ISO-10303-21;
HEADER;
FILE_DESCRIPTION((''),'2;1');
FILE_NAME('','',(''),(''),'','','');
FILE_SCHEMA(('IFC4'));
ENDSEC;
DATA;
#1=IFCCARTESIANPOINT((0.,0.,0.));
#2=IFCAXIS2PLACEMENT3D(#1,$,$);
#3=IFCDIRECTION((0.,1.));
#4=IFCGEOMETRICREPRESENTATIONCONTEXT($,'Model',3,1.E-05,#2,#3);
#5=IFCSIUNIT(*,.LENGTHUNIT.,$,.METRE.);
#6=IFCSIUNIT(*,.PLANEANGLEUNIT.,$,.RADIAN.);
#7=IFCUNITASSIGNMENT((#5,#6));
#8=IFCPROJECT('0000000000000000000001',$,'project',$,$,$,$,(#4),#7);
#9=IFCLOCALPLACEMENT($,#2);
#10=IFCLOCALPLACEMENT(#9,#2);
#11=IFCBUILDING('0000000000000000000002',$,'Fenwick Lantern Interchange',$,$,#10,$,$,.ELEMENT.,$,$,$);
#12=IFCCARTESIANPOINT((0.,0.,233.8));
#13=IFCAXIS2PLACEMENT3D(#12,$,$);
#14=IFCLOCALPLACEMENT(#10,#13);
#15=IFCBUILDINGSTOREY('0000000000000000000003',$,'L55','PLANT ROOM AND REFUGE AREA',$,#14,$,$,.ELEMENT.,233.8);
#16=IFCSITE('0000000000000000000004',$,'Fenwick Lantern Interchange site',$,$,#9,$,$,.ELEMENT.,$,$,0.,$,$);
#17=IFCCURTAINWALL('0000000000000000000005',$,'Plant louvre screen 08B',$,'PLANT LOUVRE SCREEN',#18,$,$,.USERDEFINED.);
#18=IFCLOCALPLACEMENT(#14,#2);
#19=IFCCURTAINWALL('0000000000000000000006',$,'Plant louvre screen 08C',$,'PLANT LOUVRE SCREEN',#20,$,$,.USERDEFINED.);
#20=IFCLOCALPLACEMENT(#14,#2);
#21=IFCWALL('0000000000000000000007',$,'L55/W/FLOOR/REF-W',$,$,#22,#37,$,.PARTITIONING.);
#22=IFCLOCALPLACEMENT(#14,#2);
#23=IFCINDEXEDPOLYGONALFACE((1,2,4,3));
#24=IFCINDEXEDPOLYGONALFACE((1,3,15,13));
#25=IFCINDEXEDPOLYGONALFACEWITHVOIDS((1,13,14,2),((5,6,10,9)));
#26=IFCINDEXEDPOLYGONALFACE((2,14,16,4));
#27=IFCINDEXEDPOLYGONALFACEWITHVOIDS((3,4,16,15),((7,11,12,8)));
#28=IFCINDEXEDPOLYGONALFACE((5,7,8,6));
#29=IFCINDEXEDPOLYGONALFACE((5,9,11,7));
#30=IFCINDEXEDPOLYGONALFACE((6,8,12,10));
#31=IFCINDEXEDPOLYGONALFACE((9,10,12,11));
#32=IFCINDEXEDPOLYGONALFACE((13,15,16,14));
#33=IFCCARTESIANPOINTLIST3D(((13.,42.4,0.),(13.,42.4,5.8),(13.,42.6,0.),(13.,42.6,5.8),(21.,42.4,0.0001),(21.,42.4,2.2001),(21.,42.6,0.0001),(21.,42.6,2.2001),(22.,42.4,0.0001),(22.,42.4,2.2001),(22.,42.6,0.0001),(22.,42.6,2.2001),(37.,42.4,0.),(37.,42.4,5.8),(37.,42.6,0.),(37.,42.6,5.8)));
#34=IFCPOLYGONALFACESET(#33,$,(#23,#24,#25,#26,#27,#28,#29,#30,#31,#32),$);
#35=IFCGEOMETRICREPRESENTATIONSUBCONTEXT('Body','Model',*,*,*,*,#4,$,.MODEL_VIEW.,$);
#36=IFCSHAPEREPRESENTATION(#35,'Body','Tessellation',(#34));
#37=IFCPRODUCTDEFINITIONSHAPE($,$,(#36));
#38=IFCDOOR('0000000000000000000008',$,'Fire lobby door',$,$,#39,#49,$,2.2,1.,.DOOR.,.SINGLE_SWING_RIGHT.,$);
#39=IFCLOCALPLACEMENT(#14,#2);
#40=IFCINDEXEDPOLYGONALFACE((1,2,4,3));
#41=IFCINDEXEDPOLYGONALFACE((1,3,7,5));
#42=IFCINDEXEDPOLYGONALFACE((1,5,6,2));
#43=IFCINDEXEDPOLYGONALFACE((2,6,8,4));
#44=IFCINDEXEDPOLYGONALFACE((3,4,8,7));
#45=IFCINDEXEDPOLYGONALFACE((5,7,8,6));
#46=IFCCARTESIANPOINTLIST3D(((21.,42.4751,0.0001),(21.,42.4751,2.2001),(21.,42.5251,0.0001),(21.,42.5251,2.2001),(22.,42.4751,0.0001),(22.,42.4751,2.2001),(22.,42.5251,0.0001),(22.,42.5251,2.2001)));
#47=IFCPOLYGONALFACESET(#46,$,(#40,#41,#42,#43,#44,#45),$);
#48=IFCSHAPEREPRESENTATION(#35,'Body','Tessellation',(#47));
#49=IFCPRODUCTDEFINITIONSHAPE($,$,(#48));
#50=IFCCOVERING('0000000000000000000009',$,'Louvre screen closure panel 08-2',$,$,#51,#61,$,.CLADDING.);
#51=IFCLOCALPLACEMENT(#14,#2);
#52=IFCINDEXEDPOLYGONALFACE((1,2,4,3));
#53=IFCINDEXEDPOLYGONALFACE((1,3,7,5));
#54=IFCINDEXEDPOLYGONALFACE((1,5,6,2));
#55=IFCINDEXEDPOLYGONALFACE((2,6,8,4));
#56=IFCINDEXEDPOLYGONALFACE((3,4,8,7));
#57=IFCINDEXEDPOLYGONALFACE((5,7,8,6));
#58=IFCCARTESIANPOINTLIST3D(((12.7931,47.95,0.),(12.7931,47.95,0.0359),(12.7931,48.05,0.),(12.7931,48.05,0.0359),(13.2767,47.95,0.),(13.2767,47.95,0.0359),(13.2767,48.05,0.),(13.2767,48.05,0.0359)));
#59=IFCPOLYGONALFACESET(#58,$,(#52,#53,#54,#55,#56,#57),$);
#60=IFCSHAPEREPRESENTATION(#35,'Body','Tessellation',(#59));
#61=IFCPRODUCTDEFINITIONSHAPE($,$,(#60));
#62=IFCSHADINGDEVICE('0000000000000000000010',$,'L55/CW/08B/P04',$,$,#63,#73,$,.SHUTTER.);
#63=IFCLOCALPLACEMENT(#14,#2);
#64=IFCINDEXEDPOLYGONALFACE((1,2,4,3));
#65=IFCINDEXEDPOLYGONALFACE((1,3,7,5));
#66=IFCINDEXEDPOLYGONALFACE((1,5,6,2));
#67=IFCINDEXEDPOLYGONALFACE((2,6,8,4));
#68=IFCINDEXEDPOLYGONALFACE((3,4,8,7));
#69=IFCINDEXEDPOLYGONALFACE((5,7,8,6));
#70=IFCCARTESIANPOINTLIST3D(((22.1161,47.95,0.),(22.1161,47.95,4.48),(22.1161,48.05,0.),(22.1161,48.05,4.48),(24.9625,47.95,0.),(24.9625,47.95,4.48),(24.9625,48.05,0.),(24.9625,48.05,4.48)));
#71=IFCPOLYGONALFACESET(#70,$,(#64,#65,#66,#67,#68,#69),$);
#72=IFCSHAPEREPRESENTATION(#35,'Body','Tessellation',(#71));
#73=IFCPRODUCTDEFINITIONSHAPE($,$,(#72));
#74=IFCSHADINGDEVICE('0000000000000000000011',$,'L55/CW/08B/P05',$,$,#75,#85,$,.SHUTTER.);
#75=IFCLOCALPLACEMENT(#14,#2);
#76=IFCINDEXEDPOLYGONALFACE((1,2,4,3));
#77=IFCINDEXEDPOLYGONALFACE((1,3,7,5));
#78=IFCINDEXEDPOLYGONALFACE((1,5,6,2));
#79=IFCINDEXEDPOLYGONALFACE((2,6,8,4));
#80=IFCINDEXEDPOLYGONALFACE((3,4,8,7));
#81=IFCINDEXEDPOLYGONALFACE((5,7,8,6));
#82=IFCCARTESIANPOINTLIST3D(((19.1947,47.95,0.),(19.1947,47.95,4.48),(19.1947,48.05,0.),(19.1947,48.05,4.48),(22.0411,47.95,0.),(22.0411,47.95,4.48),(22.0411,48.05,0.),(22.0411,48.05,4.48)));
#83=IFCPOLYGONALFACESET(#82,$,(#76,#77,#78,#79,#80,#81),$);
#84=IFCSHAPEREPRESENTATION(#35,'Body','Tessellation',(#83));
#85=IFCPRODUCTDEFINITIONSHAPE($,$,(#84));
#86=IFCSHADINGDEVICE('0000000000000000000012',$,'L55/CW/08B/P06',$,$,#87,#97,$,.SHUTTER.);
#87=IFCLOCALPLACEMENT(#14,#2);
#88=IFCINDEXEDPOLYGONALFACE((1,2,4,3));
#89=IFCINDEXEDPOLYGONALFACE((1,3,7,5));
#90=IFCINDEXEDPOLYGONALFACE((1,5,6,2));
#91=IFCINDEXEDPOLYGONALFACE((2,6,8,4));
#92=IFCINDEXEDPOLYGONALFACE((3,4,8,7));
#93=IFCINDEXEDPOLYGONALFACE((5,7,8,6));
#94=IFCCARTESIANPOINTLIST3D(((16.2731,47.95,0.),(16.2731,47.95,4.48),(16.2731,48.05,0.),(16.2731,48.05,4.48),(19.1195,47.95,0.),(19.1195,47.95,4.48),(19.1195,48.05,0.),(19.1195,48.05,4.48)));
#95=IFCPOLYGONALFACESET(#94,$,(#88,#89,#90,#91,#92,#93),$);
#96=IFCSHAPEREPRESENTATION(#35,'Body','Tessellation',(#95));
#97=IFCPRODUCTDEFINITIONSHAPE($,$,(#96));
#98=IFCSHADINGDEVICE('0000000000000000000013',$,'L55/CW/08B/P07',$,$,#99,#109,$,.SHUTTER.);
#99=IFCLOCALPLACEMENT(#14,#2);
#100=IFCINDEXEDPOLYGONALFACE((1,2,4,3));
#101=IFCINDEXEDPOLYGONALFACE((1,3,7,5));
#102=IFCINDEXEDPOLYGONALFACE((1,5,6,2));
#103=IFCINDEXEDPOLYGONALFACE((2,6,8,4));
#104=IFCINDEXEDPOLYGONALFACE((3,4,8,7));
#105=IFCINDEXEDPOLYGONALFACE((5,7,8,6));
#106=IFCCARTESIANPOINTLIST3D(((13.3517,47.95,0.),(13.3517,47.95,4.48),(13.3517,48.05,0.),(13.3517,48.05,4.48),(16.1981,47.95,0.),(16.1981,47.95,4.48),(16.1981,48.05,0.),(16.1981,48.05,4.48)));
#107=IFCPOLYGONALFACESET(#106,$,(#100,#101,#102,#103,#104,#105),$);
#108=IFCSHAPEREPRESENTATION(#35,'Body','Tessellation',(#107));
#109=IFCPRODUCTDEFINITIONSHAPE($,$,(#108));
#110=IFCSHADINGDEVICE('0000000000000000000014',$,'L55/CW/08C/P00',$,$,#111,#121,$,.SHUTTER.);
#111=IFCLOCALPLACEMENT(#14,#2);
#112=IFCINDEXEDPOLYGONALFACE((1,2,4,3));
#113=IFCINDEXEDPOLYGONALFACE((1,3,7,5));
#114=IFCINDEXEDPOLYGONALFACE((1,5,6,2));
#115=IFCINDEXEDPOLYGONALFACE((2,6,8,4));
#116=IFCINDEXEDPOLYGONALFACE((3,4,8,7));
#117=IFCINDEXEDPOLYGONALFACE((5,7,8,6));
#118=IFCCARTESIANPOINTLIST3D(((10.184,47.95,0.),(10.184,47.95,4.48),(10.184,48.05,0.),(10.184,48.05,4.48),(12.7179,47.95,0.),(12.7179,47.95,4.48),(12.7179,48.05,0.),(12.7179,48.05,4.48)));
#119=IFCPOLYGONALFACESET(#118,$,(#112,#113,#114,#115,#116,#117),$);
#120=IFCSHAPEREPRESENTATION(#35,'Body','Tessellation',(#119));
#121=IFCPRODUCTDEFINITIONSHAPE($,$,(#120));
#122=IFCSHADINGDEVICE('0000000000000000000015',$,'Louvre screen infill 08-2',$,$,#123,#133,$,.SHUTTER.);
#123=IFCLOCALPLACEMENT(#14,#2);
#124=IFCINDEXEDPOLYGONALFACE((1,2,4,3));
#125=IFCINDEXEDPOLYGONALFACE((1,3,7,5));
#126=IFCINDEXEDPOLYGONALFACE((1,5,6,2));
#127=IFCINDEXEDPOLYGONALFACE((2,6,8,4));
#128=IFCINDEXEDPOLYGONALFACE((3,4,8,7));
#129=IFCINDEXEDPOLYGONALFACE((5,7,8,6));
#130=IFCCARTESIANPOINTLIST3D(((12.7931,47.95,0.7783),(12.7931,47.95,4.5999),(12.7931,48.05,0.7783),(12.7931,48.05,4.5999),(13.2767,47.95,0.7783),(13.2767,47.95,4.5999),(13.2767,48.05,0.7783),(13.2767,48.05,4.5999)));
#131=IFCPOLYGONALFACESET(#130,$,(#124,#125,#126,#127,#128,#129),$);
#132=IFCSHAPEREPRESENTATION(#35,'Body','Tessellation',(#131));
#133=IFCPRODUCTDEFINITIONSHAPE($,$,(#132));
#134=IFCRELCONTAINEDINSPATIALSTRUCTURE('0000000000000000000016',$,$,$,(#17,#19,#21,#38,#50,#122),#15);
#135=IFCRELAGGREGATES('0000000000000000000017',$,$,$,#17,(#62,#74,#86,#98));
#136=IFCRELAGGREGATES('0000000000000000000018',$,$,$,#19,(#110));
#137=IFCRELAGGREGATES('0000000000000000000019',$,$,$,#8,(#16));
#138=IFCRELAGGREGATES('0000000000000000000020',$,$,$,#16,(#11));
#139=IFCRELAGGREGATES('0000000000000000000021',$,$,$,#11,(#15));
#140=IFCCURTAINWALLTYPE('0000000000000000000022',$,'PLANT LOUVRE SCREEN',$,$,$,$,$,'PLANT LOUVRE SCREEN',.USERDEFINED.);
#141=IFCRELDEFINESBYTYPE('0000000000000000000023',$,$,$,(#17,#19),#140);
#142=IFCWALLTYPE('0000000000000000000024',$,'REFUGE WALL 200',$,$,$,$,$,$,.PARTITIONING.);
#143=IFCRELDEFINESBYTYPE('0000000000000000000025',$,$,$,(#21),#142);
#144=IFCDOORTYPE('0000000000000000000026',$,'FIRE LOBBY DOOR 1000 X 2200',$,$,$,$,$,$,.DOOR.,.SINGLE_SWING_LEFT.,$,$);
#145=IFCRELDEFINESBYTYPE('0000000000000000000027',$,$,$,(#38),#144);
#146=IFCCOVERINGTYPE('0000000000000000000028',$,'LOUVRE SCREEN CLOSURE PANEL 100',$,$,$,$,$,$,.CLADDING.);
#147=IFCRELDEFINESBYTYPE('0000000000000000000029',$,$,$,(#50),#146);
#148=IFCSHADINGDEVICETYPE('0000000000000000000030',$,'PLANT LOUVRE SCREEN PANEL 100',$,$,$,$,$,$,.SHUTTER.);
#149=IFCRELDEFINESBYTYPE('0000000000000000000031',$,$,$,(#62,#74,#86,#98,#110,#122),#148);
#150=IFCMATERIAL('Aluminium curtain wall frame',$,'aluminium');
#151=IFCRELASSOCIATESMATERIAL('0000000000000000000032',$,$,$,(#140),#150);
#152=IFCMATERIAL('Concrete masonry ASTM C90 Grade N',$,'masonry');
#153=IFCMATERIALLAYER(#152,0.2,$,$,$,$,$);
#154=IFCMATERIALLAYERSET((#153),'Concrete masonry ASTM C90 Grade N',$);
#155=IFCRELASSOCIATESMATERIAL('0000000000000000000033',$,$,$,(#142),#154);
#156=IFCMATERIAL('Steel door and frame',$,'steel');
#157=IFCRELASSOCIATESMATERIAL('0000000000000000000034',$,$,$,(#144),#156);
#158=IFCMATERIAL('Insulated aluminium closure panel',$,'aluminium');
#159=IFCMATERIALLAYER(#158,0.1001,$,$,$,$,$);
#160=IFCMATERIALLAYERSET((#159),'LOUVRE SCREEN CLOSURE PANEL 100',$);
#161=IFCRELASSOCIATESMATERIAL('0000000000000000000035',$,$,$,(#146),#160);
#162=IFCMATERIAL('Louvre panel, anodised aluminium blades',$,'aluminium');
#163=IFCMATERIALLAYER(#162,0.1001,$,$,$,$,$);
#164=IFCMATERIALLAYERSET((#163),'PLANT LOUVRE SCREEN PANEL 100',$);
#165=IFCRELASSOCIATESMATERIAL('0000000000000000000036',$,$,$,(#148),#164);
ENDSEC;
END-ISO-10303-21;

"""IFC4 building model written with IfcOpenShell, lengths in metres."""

from ifc_helpers import new_model, si_unit, direction, frame, frame_2d, origin, origin_2d, place, context, subcontext, project, spatial, rectangle, extrude, material, layer, layer_set, type_object, element, fill, aggregate, save


model = new_model("IFC4")

# Units and contexts
model_context = context("Model", 3, precision=1e-05, world=origin(), true_north=direction((0.0, 1.0)))
body_context = subcontext(model_context, "Body", "Model", "MODEL_VIEW")
ifc_project = project(units=[si_unit("LENGTHUNIT", "METRE"), si_unit("PLANEANGLEUNIT", "RADIAN")], contexts=[model_context])

# Site, building, storey
site_placement = place(None, origin())
site = spatial("IfcSite", under=ifc_project, at=site_placement, Name="Fenwick Lantern Interchange site", CompositionType="ELEMENT", RefElevation=0.0)
building_placement = place(site_placement, origin())
building = spatial("IfcBuilding", under=site, at=building_placement, Name="Fenwick Lantern Interchange", CompositionType="ELEMENT")
storey_placement = place(building_placement, frame((0.0, 0.0, 233.8)))
storey = spatial("IfcBuildingStorey", under=building, at=storey_placement, Name="L55", Description="PLANT ROOM AND REFUGE AREA", CompositionType="ELEMENT", Elevation=233.8)

# Curtain walls
ifc_material_1 = material(Name="Aluminium curtain wall frame", Category="aluminium")
curtain_wall_type = type_object("IfcCurtainWallType", Name="PLANT LOUVRE SCREEN", ElementType="PLANT LOUVRE SCREEN", PredefinedType="USERDEFINED", material=ifc_material_1)
curtain_wall_1_placement = place(storey_placement, origin())
curtain_wall_1 = element("IfcCurtainWall", 1, at=curtain_wall_1_placement, inside=storey, type_object=curtain_wall_type, Name="Plant louvre screen 08B", ObjectType="PLANT LOUVRE SCREEN", PredefinedType="USERDEFINED")
curtain_wall_2_placement = place(storey_placement, origin())
curtain_wall_2 = element("IfcCurtainWall", 2, at=curtain_wall_2_placement, inside=storey, type_object=curtain_wall_type, Name="Plant louvre screen 08C", ObjectType="PLANT LOUVRE SCREEN", PredefinedType="USERDEFINED")

# Wall, opening, door
ifc_material_2 = material(Name="Concrete masonry ASTM C90 Grade N", Category="masonry")
ifc_layer_1 = layer(ifc_material_2, 0.2)
ifc_layer_set_1 = layer_set([ifc_layer_1], Name="Concrete masonry ASTM C90 Grade N")
wall_type = type_object("IfcWallType", Name="REFUGE WALL 200", PredefinedType="PARTITIONING", material=ifc_layer_set_1)
wall_placement = place(storey_placement, frame((13.0, 42.5, 0.0), z_axis=(0.0, 0.0, 1.0), x_axis=(1.0, 0.0, 0.0)))
wall = element("IfcWall", 3, at=wall_placement, inside=storey, type_object=wall_type, Name="L55/W/FLOOR/REF-W", PredefinedType="PARTITIONING", context=body_context, shape_type="SweptSolid", body=[
    extrude(rectangle(XDim=24.0, YDim=0.2, at=frame_2d((12.0, 0.0))), origin(), (0.0, 0.0, 1.0), 5.8),
])
opening_placement = place(wall_placement, frame((8.0, 0.0, 0.0)))
opening = element("IfcOpeningElement", 4, at=opening_placement, cuts=wall, PredefinedType="OPENING", context=body_context, shape_type="SweptSolid", body=[
    extrude(rectangle(XDim=1.0, YDim=2.2, at=frame_2d((0.5, 1.1001))), frame((0.0, 0.1099, 0.0), z_axis=(0.0, -1.0, 0.0), x_axis=(1.0, 0.0, 0.0)), (0.0, 0.0, 1.0), 0.22),
])
ifc_material_3 = material(Name="Steel door and frame", Category="steel")
door_type = type_object("IfcDoorType", Name="FIRE LOBBY DOOR 1000 X 2200", OperationType="SINGLE_SWING_LEFT", PredefinedType="DOOR", material=ifc_material_3)
door_placement = place(opening_placement, frame((1.0, 0.0, 0.0), z_axis=(0.0, 0.0, 1.0), x_axis=(-1.0, 0.0, 0.0)))
door = element("IfcDoor", 5, at=door_placement, inside=storey, type_object=door_type, Name="Fire lobby door", OperationType="SINGLE_SWING_RIGHT", OverallHeight=2.2, OverallWidth=1.0, PredefinedType="DOOR", context=body_context, shape_type="SweptSolid", body=[
    extrude(rectangle(XDim=1.0, YDim=2.2, at=frame_2d((0.5, 1.1001))), frame((0.0, 0.0249, 0.0), z_axis=(0.0, -1.0, 0.0), x_axis=(1.0, 0.0, 0.0)), (0.0, 0.0, 1.0), 0.05),
])
fill(opening, door)

# Covering
ifc_material_4 = material(Name="Insulated aluminium closure panel", Category="aluminium")
ifc_layer_2 = layer(ifc_material_4, 0.1001)
ifc_layer_set_2 = layer_set([ifc_layer_2], Name="LOUVRE SCREEN CLOSURE PANEL 100")
covering_type = type_object("IfcCoveringType", Name="LOUVRE SCREEN CLOSURE PANEL 100", PredefinedType="CLADDING", material=ifc_layer_set_2)
covering_placement = place(storey_placement, frame((13.0349, 48.0, 0.0), z_axis=(0.0, 0.0, 1.0), x_axis=(-1.0, 0.0, 0.0)))
element("IfcCovering", 6, at=covering_placement, inside=storey, type_object=covering_type, Name="Louvre screen closure panel 08-2", PredefinedType="CLADDING", context=body_context, shape_type="SweptSolid", body=[
    extrude(rectangle(XDim=0.4836, YDim=0.1001, at=origin_2d()), origin(), (0.0, 0.0, 1.0), 0.0359),
])

# Shading devices
ifc_material_5 = material(Name="Louvre panel, anodised aluminium blades", Category="aluminium")
ifc_layer_3 = layer(ifc_material_5, 0.1001)
ifc_layer_set_3 = layer_set([ifc_layer_3], Name="PLANT LOUVRE SCREEN PANEL 100")
shading_device_type = type_object("IfcShadingDeviceType", Name="PLANT LOUVRE SCREEN PANEL 100", PredefinedType="SHUTTER", material=ifc_layer_set_3)
shading_device_1_placement = place(storey_placement, frame((23.5393, 48.0, 0.0), z_axis=(0.0, 0.0, 1.0), x_axis=(-1.0, 0.0, 0.0)))
shading_device_1 = element("IfcShadingDevice", 7, at=shading_device_1_placement, type_object=shading_device_type, Name="L55/CW/08B/P04", PredefinedType="SHUTTER", context=body_context, shape_type="SweptSolid", body=[
    extrude(rectangle(XDim=2.8464, YDim=0.1001, at=origin_2d()), origin(), (0.0, 0.0, 1.0), 4.48),
])
shading_device_2_placement = place(storey_placement, frame((20.6179, 48.0, 0.0), z_axis=(0.0, 0.0, 1.0), x_axis=(-1.0, 0.0, 0.0)))
shading_device_2 = element("IfcShadingDevice", 8, at=shading_device_2_placement, type_object=shading_device_type, Name="L55/CW/08B/P05", PredefinedType="SHUTTER", context=body_context, shape_type="SweptSolid", body=[
    extrude(rectangle(XDim=2.8464, YDim=0.1001, at=origin_2d()), origin(), (0.0, 0.0, 1.0), 4.48),
])
shading_device_3_placement = place(storey_placement, frame((17.6963, 48.0, 0.0), z_axis=(0.0, 0.0, 1.0), x_axis=(-1.0, 0.0, 0.0)))
shading_device_3 = element("IfcShadingDevice", 9, at=shading_device_3_placement, type_object=shading_device_type, Name="L55/CW/08B/P06", PredefinedType="SHUTTER", context=body_context, shape_type="SweptSolid", body=[
    extrude(rectangle(XDim=2.8464, YDim=0.1001, at=origin_2d()), origin(), (0.0, 0.0, 1.0), 4.48),
])
shading_device_4_placement = place(storey_placement, frame((14.7749, 48.0, 0.0), z_axis=(0.0, 0.0, 1.0), x_axis=(-1.0, 0.0, 0.0)))
shading_device_4 = element("IfcShadingDevice", 10, at=shading_device_4_placement, type_object=shading_device_type, Name="L55/CW/08B/P07", PredefinedType="SHUTTER", context=body_context, shape_type="SweptSolid", body=[
    extrude(rectangle(XDim=2.8464, YDim=0.1001, at=origin_2d()), origin(), (0.0, 0.0, 1.0), 4.48),
])
aggregate(curtain_wall_1, [shading_device_1, shading_device_2, shading_device_3, shading_device_4])
shading_device_5_placement = place(storey_placement, frame((11.4509, 48.0, 0.0), z_axis=(0.0, 0.0, 1.0), x_axis=(-1.0, 0.0, 0.0)))
shading_device_5 = element("IfcShadingDevice", 11, at=shading_device_5_placement, type_object=shading_device_type, Name="L55/CW/08C/P00", PredefinedType="SHUTTER", context=body_context, shape_type="SweptSolid", body=[
    extrude(rectangle(XDim=2.5339, YDim=0.1001, at=origin_2d()), origin(), (0.0, 0.0, 1.0), 4.48),
])
aggregate(curtain_wall_2, [shading_device_5])
shading_device_6_placement = place(storey_placement, frame((13.0349, 48.0, 0.7783), z_axis=(0.0, 0.0, 1.0), x_axis=(-1.0, 0.0, 0.0)))
element("IfcShadingDevice", 12, at=shading_device_6_placement, inside=storey, type_object=shading_device_type, Name="Louvre screen infill 08-2", PredefinedType="SHUTTER", context=body_context, shape_type="SweptSolid", body=[
    extrude(rectangle(XDim=0.4836, YDim=0.1001, at=origin_2d()), origin(), (0.0, 0.0, 1.0), 3.8215),
])

save(model, "model.ifc")
